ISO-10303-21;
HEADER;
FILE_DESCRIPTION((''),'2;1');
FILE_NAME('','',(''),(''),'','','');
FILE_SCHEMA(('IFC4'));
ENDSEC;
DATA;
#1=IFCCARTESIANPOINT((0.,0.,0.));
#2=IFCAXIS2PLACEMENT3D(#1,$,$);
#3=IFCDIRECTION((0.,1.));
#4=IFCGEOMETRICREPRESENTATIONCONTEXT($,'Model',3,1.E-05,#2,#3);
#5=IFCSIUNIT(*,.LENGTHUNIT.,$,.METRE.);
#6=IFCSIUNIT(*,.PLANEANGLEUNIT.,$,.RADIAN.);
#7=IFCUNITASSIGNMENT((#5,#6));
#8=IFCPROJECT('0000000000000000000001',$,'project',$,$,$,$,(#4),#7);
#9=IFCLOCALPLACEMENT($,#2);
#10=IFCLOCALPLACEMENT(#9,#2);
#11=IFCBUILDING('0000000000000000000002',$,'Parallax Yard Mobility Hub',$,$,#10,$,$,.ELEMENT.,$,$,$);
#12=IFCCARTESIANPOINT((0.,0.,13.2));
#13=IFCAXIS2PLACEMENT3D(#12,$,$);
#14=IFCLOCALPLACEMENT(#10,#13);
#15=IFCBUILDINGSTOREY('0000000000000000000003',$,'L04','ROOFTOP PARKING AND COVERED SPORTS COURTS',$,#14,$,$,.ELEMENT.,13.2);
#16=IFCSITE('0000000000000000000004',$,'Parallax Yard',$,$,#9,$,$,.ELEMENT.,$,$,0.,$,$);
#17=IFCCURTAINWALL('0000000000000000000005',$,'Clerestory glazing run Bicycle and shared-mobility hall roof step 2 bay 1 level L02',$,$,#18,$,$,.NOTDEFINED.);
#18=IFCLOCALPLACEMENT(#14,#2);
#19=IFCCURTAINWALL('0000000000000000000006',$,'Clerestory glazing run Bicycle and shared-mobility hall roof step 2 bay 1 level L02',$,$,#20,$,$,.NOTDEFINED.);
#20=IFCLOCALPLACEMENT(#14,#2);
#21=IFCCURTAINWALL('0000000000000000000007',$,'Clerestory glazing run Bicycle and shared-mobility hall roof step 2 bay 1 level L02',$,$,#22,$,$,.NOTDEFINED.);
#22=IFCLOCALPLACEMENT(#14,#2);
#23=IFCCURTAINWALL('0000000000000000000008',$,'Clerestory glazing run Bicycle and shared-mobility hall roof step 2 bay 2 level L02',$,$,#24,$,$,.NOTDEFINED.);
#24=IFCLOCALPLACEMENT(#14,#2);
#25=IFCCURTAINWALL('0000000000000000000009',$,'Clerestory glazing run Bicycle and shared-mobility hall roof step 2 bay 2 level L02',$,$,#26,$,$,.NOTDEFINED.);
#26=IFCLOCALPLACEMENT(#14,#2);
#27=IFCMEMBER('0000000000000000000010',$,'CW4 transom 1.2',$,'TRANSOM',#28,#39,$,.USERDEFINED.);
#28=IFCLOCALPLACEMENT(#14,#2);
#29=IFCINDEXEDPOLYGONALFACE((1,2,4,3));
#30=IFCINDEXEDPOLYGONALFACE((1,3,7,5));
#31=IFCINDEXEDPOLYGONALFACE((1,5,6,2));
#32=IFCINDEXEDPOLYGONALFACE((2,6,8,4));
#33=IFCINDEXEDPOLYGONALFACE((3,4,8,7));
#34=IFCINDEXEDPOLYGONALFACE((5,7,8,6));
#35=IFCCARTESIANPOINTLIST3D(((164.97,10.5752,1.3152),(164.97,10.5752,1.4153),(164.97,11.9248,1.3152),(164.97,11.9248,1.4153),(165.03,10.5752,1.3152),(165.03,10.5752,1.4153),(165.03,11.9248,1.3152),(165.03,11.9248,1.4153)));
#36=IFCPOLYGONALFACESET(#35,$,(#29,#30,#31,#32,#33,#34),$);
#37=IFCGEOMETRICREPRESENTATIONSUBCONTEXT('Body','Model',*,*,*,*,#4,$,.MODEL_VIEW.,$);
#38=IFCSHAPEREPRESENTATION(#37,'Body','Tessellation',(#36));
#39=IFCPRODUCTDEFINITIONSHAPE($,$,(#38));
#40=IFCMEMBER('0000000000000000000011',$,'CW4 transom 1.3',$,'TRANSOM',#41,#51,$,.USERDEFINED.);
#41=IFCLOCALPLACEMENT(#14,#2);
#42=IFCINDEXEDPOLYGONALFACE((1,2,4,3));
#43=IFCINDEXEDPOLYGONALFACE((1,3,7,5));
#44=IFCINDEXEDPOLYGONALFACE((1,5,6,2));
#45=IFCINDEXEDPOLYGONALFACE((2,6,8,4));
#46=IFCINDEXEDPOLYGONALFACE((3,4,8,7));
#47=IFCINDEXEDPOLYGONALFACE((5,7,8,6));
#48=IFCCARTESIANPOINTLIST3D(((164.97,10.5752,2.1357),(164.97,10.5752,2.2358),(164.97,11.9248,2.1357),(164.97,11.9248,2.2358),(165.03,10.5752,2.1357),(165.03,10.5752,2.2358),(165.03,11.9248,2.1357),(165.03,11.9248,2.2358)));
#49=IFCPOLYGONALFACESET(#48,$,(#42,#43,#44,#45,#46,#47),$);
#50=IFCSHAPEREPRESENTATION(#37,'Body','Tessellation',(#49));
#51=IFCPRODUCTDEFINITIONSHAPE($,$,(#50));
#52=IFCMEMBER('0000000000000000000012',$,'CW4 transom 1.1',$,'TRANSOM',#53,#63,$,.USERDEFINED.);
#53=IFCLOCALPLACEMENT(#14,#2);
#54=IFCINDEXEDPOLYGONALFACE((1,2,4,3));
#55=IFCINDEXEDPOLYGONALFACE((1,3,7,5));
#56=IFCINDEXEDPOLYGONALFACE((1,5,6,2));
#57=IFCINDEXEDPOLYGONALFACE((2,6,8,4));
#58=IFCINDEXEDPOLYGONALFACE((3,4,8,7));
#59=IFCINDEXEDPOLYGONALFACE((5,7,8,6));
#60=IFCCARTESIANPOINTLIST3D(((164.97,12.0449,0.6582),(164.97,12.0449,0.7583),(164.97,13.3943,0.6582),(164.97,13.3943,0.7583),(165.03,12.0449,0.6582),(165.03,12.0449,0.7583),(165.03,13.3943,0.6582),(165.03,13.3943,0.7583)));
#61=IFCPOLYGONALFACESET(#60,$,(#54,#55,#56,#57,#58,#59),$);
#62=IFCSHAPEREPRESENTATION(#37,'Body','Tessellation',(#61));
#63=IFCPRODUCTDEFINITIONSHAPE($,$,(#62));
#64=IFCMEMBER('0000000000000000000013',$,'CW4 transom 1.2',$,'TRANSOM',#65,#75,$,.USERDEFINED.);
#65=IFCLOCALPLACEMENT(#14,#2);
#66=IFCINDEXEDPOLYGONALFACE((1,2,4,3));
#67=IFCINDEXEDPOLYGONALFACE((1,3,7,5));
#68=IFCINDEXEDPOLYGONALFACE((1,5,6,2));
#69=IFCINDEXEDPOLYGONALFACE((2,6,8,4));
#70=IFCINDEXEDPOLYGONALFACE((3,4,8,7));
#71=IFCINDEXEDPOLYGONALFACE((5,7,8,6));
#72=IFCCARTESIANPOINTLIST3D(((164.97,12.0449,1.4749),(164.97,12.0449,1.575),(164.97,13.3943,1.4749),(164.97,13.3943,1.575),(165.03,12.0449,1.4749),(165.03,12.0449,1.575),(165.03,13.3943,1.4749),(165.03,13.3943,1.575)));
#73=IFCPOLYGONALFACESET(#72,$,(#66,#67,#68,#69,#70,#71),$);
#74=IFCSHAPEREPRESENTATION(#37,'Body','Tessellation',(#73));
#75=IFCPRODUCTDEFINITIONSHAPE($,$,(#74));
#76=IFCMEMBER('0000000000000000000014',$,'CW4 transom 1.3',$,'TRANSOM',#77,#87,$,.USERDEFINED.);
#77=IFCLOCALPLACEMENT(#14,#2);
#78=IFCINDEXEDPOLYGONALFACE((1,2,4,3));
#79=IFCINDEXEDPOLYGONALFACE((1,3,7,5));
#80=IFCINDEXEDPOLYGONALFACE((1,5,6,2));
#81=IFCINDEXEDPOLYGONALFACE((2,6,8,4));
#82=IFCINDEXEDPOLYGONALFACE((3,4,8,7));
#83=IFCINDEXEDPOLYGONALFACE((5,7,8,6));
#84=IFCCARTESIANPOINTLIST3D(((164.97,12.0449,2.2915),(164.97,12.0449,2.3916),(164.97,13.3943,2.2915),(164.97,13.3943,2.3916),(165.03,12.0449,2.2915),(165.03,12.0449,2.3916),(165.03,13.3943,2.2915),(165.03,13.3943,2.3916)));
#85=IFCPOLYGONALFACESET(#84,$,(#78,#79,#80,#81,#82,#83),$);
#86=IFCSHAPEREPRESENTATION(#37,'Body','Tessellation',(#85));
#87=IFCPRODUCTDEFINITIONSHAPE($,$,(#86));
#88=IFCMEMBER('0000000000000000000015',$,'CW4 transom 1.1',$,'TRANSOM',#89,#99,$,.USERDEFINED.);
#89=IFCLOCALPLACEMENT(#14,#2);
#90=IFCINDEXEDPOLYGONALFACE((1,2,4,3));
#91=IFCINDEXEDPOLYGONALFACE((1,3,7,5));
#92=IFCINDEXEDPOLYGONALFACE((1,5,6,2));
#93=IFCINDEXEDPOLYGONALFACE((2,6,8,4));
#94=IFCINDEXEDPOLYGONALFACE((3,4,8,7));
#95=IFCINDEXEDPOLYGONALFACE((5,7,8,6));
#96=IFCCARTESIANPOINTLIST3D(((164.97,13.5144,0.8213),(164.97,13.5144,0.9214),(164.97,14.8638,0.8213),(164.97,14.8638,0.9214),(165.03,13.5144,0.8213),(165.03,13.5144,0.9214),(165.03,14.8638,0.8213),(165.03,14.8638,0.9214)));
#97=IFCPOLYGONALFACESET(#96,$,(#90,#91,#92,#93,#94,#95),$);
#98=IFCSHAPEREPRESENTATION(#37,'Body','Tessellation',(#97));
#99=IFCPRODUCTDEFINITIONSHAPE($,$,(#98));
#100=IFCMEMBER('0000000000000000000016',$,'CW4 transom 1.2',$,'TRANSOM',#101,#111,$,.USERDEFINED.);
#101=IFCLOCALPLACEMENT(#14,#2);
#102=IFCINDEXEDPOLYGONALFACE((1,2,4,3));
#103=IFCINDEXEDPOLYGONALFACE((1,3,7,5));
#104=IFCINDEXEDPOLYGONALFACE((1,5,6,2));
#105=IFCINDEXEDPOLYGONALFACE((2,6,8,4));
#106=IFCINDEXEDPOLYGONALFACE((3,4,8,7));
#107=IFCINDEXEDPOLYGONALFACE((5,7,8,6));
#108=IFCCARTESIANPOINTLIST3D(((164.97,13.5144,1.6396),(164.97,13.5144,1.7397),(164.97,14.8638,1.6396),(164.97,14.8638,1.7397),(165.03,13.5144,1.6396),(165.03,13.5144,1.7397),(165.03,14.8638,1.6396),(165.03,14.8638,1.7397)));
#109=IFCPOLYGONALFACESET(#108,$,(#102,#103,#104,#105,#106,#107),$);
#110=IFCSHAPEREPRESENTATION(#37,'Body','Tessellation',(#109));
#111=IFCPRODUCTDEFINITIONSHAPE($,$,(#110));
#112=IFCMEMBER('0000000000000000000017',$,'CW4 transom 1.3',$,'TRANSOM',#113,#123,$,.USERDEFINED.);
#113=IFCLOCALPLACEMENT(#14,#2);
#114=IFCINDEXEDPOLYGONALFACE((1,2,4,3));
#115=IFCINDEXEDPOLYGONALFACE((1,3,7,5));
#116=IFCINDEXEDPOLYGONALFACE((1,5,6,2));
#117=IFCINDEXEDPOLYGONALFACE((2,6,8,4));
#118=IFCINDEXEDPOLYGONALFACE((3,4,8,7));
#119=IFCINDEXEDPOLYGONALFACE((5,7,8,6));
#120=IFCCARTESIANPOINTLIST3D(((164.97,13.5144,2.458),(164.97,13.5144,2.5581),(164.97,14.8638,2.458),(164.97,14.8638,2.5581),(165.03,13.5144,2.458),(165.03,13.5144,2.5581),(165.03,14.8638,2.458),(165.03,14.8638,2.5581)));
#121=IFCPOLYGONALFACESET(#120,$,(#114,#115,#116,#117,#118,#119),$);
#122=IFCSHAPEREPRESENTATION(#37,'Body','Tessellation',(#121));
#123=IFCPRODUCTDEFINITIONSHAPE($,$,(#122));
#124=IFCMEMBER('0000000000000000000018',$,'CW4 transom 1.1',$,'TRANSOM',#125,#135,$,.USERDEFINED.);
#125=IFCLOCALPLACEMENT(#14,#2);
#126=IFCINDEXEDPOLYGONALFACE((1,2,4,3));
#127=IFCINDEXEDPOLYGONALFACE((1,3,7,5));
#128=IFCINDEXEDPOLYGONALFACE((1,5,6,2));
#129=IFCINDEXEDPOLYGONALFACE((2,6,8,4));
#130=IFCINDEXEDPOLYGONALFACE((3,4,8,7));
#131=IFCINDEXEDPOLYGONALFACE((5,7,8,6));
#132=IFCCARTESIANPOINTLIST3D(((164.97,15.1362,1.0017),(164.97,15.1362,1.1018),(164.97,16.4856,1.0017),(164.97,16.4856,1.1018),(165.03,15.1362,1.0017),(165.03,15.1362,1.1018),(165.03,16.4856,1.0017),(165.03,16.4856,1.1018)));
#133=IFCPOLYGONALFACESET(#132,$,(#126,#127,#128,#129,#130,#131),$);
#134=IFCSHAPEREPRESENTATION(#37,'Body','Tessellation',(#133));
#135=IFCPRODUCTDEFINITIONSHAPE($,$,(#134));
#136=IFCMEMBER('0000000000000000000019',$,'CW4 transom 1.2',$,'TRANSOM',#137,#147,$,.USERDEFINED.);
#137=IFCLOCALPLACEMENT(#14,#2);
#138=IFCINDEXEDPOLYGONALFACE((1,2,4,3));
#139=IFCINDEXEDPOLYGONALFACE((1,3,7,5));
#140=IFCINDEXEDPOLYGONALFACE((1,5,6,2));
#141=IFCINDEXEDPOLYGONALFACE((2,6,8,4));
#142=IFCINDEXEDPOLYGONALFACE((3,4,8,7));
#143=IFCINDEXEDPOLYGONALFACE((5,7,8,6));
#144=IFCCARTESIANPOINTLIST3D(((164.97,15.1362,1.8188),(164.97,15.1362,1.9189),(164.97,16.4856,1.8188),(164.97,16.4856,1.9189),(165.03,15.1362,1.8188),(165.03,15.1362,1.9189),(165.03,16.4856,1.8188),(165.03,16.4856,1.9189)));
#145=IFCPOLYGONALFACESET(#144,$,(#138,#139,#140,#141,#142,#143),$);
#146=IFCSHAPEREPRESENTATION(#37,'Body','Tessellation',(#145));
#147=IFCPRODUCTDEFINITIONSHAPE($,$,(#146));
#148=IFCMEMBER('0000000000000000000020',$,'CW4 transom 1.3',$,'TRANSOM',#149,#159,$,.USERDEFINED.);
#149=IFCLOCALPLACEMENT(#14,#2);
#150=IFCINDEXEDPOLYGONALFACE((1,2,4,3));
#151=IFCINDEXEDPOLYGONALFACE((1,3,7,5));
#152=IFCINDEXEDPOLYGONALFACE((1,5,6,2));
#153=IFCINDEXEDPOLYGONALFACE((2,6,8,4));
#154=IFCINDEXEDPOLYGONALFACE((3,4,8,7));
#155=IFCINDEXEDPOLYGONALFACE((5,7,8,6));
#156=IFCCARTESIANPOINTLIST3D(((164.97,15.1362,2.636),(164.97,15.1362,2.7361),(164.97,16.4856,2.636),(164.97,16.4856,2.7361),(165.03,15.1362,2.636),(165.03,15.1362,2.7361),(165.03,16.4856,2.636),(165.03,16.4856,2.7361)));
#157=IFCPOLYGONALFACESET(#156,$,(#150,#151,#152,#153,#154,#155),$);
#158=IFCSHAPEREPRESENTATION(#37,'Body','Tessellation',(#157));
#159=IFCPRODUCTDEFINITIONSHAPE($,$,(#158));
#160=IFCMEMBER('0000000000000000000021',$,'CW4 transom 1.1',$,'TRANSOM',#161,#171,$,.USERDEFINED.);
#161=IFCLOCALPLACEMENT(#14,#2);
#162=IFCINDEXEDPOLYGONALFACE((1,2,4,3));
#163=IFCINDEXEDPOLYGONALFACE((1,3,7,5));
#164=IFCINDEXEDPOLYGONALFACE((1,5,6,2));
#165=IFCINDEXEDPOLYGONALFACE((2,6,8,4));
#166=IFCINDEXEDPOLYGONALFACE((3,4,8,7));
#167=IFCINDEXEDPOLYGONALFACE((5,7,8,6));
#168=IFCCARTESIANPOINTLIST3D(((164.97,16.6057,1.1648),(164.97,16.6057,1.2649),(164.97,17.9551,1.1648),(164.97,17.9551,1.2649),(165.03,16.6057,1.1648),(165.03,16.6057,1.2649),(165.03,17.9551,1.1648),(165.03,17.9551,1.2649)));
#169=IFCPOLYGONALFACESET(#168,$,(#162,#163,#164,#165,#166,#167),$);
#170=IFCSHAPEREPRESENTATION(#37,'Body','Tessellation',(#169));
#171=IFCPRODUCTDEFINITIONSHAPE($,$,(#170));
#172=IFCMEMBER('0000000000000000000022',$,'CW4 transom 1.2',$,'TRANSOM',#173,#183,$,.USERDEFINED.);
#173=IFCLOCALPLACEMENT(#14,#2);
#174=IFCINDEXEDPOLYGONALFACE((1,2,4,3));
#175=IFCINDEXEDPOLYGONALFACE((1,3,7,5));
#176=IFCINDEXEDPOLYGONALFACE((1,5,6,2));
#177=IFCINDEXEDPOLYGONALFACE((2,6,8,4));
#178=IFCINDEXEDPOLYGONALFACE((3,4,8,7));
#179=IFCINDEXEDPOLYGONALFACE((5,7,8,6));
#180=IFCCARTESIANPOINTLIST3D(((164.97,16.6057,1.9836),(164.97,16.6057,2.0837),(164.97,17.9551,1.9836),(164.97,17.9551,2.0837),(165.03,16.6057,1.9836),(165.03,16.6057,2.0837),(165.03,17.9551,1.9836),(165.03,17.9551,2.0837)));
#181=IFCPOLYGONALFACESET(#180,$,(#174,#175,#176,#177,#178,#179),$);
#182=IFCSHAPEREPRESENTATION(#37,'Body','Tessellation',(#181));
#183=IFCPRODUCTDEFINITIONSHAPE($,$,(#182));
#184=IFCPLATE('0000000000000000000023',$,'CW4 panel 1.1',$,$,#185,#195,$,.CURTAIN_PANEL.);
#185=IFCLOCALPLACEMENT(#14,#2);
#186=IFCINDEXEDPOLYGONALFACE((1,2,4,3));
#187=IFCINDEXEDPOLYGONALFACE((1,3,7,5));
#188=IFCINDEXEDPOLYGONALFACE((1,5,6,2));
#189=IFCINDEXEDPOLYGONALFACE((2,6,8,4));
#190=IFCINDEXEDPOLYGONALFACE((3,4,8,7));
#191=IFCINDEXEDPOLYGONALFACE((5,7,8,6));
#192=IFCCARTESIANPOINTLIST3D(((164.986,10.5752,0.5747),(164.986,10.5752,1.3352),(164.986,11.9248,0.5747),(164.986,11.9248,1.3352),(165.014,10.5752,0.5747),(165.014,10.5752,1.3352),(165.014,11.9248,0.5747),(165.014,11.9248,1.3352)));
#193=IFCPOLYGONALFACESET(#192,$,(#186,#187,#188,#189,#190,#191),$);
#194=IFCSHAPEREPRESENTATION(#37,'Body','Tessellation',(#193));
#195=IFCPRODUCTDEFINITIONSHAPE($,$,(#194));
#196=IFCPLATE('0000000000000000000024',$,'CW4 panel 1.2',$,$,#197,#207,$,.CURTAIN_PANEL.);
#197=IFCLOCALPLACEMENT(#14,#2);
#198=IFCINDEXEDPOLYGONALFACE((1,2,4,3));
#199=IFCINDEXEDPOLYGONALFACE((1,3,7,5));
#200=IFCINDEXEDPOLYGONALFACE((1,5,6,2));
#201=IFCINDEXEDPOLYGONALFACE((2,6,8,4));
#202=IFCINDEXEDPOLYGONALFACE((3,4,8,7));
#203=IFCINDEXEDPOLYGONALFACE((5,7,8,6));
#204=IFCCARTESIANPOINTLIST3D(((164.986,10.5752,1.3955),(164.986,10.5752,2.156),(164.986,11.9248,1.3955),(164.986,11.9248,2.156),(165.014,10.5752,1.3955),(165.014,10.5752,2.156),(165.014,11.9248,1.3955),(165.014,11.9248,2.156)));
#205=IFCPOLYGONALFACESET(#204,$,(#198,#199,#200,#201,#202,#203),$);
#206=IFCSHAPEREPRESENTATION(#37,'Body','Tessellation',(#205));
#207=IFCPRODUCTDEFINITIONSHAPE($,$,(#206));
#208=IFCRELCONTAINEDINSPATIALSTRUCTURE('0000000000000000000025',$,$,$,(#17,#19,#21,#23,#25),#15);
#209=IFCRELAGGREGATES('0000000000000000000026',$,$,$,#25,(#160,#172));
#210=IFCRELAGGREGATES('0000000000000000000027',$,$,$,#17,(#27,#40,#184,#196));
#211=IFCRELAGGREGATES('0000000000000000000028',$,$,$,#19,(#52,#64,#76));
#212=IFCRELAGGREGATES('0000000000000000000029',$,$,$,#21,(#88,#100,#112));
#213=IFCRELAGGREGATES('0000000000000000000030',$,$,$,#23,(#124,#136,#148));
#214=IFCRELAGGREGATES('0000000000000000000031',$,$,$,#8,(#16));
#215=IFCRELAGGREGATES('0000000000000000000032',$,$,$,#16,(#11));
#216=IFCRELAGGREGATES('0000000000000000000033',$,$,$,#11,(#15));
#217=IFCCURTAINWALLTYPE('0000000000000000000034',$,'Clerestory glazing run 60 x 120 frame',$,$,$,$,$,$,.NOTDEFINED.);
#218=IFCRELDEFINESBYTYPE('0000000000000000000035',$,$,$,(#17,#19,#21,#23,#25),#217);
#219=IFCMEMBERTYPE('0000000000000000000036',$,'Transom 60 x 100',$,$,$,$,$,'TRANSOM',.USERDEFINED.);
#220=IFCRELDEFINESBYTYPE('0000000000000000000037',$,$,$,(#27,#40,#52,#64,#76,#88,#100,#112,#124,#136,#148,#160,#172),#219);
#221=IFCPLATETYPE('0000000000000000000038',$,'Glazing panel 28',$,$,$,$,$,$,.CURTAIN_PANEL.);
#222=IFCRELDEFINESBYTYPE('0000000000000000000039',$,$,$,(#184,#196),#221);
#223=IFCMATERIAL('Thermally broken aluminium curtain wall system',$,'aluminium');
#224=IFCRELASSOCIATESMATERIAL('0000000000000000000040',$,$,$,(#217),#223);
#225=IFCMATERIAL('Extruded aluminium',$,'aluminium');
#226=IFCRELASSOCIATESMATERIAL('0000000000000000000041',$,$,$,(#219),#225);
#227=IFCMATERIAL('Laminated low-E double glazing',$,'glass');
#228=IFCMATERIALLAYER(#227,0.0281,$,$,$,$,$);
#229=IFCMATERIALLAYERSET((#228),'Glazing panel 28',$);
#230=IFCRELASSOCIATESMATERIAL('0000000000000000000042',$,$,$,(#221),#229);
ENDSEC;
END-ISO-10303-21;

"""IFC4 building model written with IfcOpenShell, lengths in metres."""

from ifc_helpers import new_model, si_unit, direction, frame, origin, origin_2d, place, context, subcontext, project, spatial, rectangle, extrude, material, layer, layer_set, material_profile, profile_set, type_object, element, aggregate, save


model = new_model("IFC4")

# Units and contexts
model_context = context("Model", 3, precision=1e-05, world=origin(), true_north=direction((0.0, 1.0)))
body_context = subcontext(model_context, "Body", "Model", "MODEL_VIEW")
ifc_project = project(units=[si_unit("LENGTHUNIT", "METRE"), si_unit("PLANEANGLEUNIT", "RADIAN")], contexts=[model_context])

# Site, building, storey
site_placement = place(None, origin())
site = spatial("IfcSite", under=ifc_project, at=site_placement, Name="Parallax Yard", CompositionType="ELEMENT", RefElevation=0.0)
building_placement = place(site_placement, origin())
building = spatial("IfcBuilding", under=site, at=building_placement, Name="Parallax Yard Mobility Hub", CompositionType="ELEMENT")
storey_placement = place(building_placement, frame((0.0, 0.0, 13.2)))
storey = spatial("IfcBuildingStorey", under=building, at=storey_placement, Name="L04", Description="ROOFTOP PARKING AND COVERED SPORTS COURTS", CompositionType="ELEMENT", Elevation=13.2)

# Curtain walls
ifc_material_1 = material(Name="Thermally broken aluminium curtain wall system", Category="aluminium")
curtain_wall_type = type_object("IfcCurtainWallType", Name="Clerestory glazing run 60 x 120 frame", PredefinedType="NOTDEFINED", material=ifc_material_1)
curtain_wall_1_placement = place(storey_placement, origin())
curtain_wall_1 = element("IfcCurtainWall", 1, at=curtain_wall_1_placement, inside=storey, type_object=curtain_wall_type, Name="Clerestory glazing run Bicycle and shared-mobility hall roof step 2 bay 1 level L02", PredefinedType="NOTDEFINED")
ifc_material_2 = material(Name="Extruded aluminium", Category="aluminium")
curtain_wall_2_placement = place(storey_placement, origin())
curtain_wall_2 = element("IfcCurtainWall", 2, at=curtain_wall_2_placement, inside=storey, type_object=curtain_wall_type, Name="Clerestory glazing run Bicycle and shared-mobility hall roof step 2 bay 1 level L02", PredefinedType="NOTDEFINED")

# Curtain walls
curtain_wall_3_placement = place(storey_placement, origin())
curtain_wall_3 = element("IfcCurtainWall", 3, at=curtain_wall_3_placement, inside=storey, type_object=curtain_wall_type, Name="Clerestory glazing run Bicycle and shared-mobility hall roof step 2 bay 1 level L02", PredefinedType="NOTDEFINED")
curtain_wall_4_placement = place(storey_placement, origin())
curtain_wall_4 = element("IfcCurtainWall", 4, at=curtain_wall_4_placement, inside=storey, type_object=curtain_wall_type, Name="Clerestory glazing run Bicycle and shared-mobility hall roof step 2 bay 2 level L02", PredefinedType="NOTDEFINED")
curtain_wall_5_placement = place(storey_placement, origin())
curtain_wall_5 = element("IfcCurtainWall", 5, at=curtain_wall_5_placement, inside=storey, type_object=curtain_wall_type, Name="Clerestory glazing run Bicycle and shared-mobility hall roof step 2 bay 2 level L02", PredefinedType="NOTDEFINED")

# Members
ifc_material_profile_1 = material_profile(ifc_material_2, rectangle(XDim=0.0601, YDim=0.1001, at=origin_2d()), Name="Transom 60 x 100")
ifc_profile_set_1 = profile_set([ifc_material_profile_1], Name="Extruded aluminium")
member_type_1 = type_object("IfcMemberType", Name="Transom 60 x 100", ElementType="TRANSOM", PredefinedType="USERDEFINED", material=ifc_profile_set_1)
member_1_placement = place(storey_placement, frame((165.0, 10.5752, 1.3652), z_axis=(0.0, 1.0, 0.0), x_axis=(-1.0, 0.0, 0.0)))
member_1 = element("IfcMember", 6, at=member_1_placement, type_object=member_type_1, Name="CW4 transom 1.2", ObjectType="TRANSOM", PredefinedType="USERDEFINED", context=body_context, shape_type="SweptSolid", body=[
    extrude(rectangle(XDim=0.0601, YDim=0.1001, at=origin_2d()), origin(), (0.0, 0.0, 1.0), 1.3496),
])
member_2_placement = place(storey_placement, frame((165.0, 10.5752, 2.1858), z_axis=(0.0, 1.0, 0.0), x_axis=(-1.0, 0.0, 0.0)))
member_2 = element("IfcMember", 7, at=member_2_placement, type_object=member_type_1, Name="CW4 transom 1.3", ObjectType="TRANSOM", PredefinedType="USERDEFINED", context=body_context, shape_type="SweptSolid", body=[
    extrude(rectangle(XDim=0.0601, YDim=0.1001, at=origin_2d()), origin(), (0.0, 0.0, 1.0), 1.3496),
])
member_3_placement = place(storey_placement, frame((165.0, 12.0449, 0.7083), z_axis=(0.0, 1.0, 0.0), x_axis=(-1.0, 0.0, 0.0)))
member_3 = element("IfcMember", 8, at=member_3_placement, type_object=member_type_1, Name="CW4 transom 1.1", ObjectType="TRANSOM", PredefinedType="USERDEFINED", context=body_context, shape_type="SweptSolid", body=[
    extrude(rectangle(XDim=0.0601, YDim=0.1001, at=origin_2d()), origin(), (0.0, 0.0, 1.0), 1.3494),
])
member_4_placement = place(storey_placement, frame((165.0, 12.0449, 1.5249), z_axis=(0.0, 1.0, 0.0), x_axis=(-1.0, 0.0, 0.0)))
member_4 = element("IfcMember", 9, at=member_4_placement, type_object=member_type_1, Name="CW4 transom 1.2", ObjectType="TRANSOM", PredefinedType="USERDEFINED", context=body_context, shape_type="SweptSolid", body=[
    extrude(rectangle(XDim=0.0601, YDim=0.1001, at=origin_2d()), origin(), (0.0, 0.0, 1.0), 1.3494),
])
member_5_placement = place(storey_placement, frame((165.0, 12.0449, 2.3416), z_axis=(0.0, 1.0, 0.0), x_axis=(-1.0, 0.0, 0.0)))
member_5 = element("IfcMember", 10, at=member_5_placement, type_object=member_type_1, Name="CW4 transom 1.3", ObjectType="TRANSOM", PredefinedType="USERDEFINED", context=body_context, shape_type="SweptSolid", body=[
    extrude(rectangle(XDim=0.0601, YDim=0.1001, at=origin_2d()), origin(), (0.0, 0.0, 1.0), 1.3494),
])
member_6_placement = place(storey_placement, frame((165.0, 13.5144, 0.8713), z_axis=(0.0, 1.0, 0.0), x_axis=(-1.0, 0.0, 0.0)))
member_6 = element("IfcMember", 11, at=member_6_placement, type_object=member_type_1, Name="CW4 transom 1.1", ObjectType="TRANSOM", PredefinedType="USERDEFINED", context=body_context, shape_type="SweptSolid", body=[
    extrude(rectangle(XDim=0.0601, YDim=0.1001, at=origin_2d()), origin(), (0.0, 0.0, 1.0), 1.3494),
])
member_7_placement = place(storey_placement, frame((165.0, 13.5144, 1.6897), z_axis=(0.0, 1.0, 0.0), x_axis=(-1.0, 0.0, 0.0)))
member_7 = element("IfcMember", 12, at=member_7_placement, type_object=member_type_1, Name="CW4 transom 1.2", ObjectType="TRANSOM", PredefinedType="USERDEFINED", context=body_context, shape_type="SweptSolid", body=[
    extrude(rectangle(XDim=0.0601, YDim=0.1001, at=origin_2d()), origin(), (0.0, 0.0, 1.0), 1.3494),
])
member_8_placement = place(storey_placement, frame((165.0, 13.5144, 2.5081), z_axis=(0.0, 1.0, 0.0), x_axis=(-1.0, 0.0, 0.0)))
member_8 = element("IfcMember", 13, at=member_8_placement, type_object=member_type_1, Name="CW4 transom 1.3", ObjectType="TRANSOM", PredefinedType="USERDEFINED", context=body_context, shape_type="SweptSolid", body=[
    extrude(rectangle(XDim=0.0601, YDim=0.1001, at=origin_2d()), origin(), (0.0, 0.0, 1.0), 1.3494),
])
member_9_placement = place(storey_placement, frame((165.0, 15.1362, 1.0518), z_axis=(0.0, 1.0, 0.0), x_axis=(-1.0, 0.0, 0.0)))
member_9 = element("IfcMember", 14, at=member_9_placement, type_object=member_type_1, Name="CW4 transom 1.1", ObjectType="TRANSOM", PredefinedType="USERDEFINED", context=body_context, shape_type="SweptSolid", body=[
    extrude(rectangle(XDim=0.0601, YDim=0.1001, at=origin_2d()), origin(), (0.0, 0.0, 1.0), 1.3494),
])
member_10_placement = place(storey_placement, frame((165.0, 15.1362, 1.8689), z_axis=(0.0, 1.0, 0.0), x_axis=(-1.0, 0.0, 0.0)))
member_10 = element("IfcMember", 15, at=member_10_placement, type_object=member_type_1, Name="CW4 transom 1.2", ObjectType="TRANSOM", PredefinedType="USERDEFINED", context=body_context, shape_type="SweptSolid", body=[
    extrude(rectangle(XDim=0.0601, YDim=0.1001, at=origin_2d()), origin(), (0.0, 0.0, 1.0), 1.3494),
])
member_11_placement = place(storey_placement, frame((165.0, 15.1362, 2.686), z_axis=(0.0, 1.0, 0.0), x_axis=(-1.0, 0.0, 0.0)))
member_11 = element("IfcMember", 16, at=member_11_placement, type_object=member_type_1, Name="CW4 transom 1.3", ObjectType="TRANSOM", PredefinedType="USERDEFINED", context=body_context, shape_type="SweptSolid", body=[
    extrude(rectangle(XDim=0.0601, YDim=0.1001, at=origin_2d()), origin(), (0.0, 0.0, 1.0), 1.3494),
])
member_12_placement = place(storey_placement, frame((165.0, 16.6057, 1.2148), z_axis=(0.0, 1.0, 0.0), x_axis=(-1.0, 0.0, 0.0)))
member_12 = element("IfcMember", 17, at=member_12_placement, type_object=member_type_1, Name="CW4 transom 1.1", ObjectType="TRANSOM", PredefinedType="USERDEFINED", context=body_context, shape_type="SweptSolid", body=[
    extrude(rectangle(XDim=0.0601, YDim=0.1001, at=origin_2d()), origin(), (0.0, 0.0, 1.0), 1.3494),
])
member_13_placement = place(storey_placement, frame((165.0, 16.6057, 2.0337), z_axis=(0.0, 1.0, 0.0), x_axis=(-1.0, 0.0, 0.0)))
member_13 = element("IfcMember", 18, at=member_13_placement, type_object=member_type_1, Name="CW4 transom 1.2", ObjectType="TRANSOM", PredefinedType="USERDEFINED", context=body_context, shape_type="SweptSolid", body=[
    extrude(rectangle(XDim=0.0601, YDim=0.1001, at=origin_2d()), origin(), (0.0, 0.0, 1.0), 1.3494),
])
aggregate(curtain_wall_5, [member_12, member_13])

# Plates
ifc_material_3 = material(Name="Laminated low-E double glazing", Category="glass")
ifc_layer = layer(ifc_material_3, 0.0281)
ifc_layer_set = layer_set([ifc_layer], Name="Glazing panel 28")
plate_type = type_object("IfcPlateType", Name="Glazing panel 28", PredefinedType="CURTAIN_PANEL", material=ifc_layer_set)
plate_1_placement = place(storey_placement, frame((165.0, 11.25, 0.5747), z_axis=(0.0, 0.0, 1.0), x_axis=(0.0, 1.0, 0.0)))
plate_1 = element("IfcPlate", 19, at=plate_1_placement, type_object=plate_type, Name="CW4 panel 1.1", PredefinedType="CURTAIN_PANEL", context=body_context, shape_type="SweptSolid", body=[
    extrude(rectangle(XDim=1.3496, YDim=0.0281, at=origin_2d()), origin(), (0.0, 0.0, 1.0), 0.7605),
])
plate_2_placement = place(storey_placement, frame((165.0, 11.25, 1.3955), z_axis=(0.0, 0.0, 1.0), x_axis=(0.0, 1.0, 0.0)))
plate_2 = element("IfcPlate", 20, at=plate_2_placement, type_object=plate_type, Name="CW4 panel 1.2", PredefinedType="CURTAIN_PANEL", context=body_context, shape_type="SweptSolid", body=[
    extrude(rectangle(XDim=1.3496, YDim=0.0281, at=origin_2d()), origin(), (0.0, 0.0, 1.0), 0.7605),
])
aggregate(curtain_wall_1, [member_1, member_2, plate_1, plate_2])
aggregate(curtain_wall_2, [member_3, member_4, member_5])
aggregate(curtain_wall_3, [member_6, member_7, member_8])
aggregate(curtain_wall_4, [member_9, member_10, member_11])

save(model, "model.ifc")
